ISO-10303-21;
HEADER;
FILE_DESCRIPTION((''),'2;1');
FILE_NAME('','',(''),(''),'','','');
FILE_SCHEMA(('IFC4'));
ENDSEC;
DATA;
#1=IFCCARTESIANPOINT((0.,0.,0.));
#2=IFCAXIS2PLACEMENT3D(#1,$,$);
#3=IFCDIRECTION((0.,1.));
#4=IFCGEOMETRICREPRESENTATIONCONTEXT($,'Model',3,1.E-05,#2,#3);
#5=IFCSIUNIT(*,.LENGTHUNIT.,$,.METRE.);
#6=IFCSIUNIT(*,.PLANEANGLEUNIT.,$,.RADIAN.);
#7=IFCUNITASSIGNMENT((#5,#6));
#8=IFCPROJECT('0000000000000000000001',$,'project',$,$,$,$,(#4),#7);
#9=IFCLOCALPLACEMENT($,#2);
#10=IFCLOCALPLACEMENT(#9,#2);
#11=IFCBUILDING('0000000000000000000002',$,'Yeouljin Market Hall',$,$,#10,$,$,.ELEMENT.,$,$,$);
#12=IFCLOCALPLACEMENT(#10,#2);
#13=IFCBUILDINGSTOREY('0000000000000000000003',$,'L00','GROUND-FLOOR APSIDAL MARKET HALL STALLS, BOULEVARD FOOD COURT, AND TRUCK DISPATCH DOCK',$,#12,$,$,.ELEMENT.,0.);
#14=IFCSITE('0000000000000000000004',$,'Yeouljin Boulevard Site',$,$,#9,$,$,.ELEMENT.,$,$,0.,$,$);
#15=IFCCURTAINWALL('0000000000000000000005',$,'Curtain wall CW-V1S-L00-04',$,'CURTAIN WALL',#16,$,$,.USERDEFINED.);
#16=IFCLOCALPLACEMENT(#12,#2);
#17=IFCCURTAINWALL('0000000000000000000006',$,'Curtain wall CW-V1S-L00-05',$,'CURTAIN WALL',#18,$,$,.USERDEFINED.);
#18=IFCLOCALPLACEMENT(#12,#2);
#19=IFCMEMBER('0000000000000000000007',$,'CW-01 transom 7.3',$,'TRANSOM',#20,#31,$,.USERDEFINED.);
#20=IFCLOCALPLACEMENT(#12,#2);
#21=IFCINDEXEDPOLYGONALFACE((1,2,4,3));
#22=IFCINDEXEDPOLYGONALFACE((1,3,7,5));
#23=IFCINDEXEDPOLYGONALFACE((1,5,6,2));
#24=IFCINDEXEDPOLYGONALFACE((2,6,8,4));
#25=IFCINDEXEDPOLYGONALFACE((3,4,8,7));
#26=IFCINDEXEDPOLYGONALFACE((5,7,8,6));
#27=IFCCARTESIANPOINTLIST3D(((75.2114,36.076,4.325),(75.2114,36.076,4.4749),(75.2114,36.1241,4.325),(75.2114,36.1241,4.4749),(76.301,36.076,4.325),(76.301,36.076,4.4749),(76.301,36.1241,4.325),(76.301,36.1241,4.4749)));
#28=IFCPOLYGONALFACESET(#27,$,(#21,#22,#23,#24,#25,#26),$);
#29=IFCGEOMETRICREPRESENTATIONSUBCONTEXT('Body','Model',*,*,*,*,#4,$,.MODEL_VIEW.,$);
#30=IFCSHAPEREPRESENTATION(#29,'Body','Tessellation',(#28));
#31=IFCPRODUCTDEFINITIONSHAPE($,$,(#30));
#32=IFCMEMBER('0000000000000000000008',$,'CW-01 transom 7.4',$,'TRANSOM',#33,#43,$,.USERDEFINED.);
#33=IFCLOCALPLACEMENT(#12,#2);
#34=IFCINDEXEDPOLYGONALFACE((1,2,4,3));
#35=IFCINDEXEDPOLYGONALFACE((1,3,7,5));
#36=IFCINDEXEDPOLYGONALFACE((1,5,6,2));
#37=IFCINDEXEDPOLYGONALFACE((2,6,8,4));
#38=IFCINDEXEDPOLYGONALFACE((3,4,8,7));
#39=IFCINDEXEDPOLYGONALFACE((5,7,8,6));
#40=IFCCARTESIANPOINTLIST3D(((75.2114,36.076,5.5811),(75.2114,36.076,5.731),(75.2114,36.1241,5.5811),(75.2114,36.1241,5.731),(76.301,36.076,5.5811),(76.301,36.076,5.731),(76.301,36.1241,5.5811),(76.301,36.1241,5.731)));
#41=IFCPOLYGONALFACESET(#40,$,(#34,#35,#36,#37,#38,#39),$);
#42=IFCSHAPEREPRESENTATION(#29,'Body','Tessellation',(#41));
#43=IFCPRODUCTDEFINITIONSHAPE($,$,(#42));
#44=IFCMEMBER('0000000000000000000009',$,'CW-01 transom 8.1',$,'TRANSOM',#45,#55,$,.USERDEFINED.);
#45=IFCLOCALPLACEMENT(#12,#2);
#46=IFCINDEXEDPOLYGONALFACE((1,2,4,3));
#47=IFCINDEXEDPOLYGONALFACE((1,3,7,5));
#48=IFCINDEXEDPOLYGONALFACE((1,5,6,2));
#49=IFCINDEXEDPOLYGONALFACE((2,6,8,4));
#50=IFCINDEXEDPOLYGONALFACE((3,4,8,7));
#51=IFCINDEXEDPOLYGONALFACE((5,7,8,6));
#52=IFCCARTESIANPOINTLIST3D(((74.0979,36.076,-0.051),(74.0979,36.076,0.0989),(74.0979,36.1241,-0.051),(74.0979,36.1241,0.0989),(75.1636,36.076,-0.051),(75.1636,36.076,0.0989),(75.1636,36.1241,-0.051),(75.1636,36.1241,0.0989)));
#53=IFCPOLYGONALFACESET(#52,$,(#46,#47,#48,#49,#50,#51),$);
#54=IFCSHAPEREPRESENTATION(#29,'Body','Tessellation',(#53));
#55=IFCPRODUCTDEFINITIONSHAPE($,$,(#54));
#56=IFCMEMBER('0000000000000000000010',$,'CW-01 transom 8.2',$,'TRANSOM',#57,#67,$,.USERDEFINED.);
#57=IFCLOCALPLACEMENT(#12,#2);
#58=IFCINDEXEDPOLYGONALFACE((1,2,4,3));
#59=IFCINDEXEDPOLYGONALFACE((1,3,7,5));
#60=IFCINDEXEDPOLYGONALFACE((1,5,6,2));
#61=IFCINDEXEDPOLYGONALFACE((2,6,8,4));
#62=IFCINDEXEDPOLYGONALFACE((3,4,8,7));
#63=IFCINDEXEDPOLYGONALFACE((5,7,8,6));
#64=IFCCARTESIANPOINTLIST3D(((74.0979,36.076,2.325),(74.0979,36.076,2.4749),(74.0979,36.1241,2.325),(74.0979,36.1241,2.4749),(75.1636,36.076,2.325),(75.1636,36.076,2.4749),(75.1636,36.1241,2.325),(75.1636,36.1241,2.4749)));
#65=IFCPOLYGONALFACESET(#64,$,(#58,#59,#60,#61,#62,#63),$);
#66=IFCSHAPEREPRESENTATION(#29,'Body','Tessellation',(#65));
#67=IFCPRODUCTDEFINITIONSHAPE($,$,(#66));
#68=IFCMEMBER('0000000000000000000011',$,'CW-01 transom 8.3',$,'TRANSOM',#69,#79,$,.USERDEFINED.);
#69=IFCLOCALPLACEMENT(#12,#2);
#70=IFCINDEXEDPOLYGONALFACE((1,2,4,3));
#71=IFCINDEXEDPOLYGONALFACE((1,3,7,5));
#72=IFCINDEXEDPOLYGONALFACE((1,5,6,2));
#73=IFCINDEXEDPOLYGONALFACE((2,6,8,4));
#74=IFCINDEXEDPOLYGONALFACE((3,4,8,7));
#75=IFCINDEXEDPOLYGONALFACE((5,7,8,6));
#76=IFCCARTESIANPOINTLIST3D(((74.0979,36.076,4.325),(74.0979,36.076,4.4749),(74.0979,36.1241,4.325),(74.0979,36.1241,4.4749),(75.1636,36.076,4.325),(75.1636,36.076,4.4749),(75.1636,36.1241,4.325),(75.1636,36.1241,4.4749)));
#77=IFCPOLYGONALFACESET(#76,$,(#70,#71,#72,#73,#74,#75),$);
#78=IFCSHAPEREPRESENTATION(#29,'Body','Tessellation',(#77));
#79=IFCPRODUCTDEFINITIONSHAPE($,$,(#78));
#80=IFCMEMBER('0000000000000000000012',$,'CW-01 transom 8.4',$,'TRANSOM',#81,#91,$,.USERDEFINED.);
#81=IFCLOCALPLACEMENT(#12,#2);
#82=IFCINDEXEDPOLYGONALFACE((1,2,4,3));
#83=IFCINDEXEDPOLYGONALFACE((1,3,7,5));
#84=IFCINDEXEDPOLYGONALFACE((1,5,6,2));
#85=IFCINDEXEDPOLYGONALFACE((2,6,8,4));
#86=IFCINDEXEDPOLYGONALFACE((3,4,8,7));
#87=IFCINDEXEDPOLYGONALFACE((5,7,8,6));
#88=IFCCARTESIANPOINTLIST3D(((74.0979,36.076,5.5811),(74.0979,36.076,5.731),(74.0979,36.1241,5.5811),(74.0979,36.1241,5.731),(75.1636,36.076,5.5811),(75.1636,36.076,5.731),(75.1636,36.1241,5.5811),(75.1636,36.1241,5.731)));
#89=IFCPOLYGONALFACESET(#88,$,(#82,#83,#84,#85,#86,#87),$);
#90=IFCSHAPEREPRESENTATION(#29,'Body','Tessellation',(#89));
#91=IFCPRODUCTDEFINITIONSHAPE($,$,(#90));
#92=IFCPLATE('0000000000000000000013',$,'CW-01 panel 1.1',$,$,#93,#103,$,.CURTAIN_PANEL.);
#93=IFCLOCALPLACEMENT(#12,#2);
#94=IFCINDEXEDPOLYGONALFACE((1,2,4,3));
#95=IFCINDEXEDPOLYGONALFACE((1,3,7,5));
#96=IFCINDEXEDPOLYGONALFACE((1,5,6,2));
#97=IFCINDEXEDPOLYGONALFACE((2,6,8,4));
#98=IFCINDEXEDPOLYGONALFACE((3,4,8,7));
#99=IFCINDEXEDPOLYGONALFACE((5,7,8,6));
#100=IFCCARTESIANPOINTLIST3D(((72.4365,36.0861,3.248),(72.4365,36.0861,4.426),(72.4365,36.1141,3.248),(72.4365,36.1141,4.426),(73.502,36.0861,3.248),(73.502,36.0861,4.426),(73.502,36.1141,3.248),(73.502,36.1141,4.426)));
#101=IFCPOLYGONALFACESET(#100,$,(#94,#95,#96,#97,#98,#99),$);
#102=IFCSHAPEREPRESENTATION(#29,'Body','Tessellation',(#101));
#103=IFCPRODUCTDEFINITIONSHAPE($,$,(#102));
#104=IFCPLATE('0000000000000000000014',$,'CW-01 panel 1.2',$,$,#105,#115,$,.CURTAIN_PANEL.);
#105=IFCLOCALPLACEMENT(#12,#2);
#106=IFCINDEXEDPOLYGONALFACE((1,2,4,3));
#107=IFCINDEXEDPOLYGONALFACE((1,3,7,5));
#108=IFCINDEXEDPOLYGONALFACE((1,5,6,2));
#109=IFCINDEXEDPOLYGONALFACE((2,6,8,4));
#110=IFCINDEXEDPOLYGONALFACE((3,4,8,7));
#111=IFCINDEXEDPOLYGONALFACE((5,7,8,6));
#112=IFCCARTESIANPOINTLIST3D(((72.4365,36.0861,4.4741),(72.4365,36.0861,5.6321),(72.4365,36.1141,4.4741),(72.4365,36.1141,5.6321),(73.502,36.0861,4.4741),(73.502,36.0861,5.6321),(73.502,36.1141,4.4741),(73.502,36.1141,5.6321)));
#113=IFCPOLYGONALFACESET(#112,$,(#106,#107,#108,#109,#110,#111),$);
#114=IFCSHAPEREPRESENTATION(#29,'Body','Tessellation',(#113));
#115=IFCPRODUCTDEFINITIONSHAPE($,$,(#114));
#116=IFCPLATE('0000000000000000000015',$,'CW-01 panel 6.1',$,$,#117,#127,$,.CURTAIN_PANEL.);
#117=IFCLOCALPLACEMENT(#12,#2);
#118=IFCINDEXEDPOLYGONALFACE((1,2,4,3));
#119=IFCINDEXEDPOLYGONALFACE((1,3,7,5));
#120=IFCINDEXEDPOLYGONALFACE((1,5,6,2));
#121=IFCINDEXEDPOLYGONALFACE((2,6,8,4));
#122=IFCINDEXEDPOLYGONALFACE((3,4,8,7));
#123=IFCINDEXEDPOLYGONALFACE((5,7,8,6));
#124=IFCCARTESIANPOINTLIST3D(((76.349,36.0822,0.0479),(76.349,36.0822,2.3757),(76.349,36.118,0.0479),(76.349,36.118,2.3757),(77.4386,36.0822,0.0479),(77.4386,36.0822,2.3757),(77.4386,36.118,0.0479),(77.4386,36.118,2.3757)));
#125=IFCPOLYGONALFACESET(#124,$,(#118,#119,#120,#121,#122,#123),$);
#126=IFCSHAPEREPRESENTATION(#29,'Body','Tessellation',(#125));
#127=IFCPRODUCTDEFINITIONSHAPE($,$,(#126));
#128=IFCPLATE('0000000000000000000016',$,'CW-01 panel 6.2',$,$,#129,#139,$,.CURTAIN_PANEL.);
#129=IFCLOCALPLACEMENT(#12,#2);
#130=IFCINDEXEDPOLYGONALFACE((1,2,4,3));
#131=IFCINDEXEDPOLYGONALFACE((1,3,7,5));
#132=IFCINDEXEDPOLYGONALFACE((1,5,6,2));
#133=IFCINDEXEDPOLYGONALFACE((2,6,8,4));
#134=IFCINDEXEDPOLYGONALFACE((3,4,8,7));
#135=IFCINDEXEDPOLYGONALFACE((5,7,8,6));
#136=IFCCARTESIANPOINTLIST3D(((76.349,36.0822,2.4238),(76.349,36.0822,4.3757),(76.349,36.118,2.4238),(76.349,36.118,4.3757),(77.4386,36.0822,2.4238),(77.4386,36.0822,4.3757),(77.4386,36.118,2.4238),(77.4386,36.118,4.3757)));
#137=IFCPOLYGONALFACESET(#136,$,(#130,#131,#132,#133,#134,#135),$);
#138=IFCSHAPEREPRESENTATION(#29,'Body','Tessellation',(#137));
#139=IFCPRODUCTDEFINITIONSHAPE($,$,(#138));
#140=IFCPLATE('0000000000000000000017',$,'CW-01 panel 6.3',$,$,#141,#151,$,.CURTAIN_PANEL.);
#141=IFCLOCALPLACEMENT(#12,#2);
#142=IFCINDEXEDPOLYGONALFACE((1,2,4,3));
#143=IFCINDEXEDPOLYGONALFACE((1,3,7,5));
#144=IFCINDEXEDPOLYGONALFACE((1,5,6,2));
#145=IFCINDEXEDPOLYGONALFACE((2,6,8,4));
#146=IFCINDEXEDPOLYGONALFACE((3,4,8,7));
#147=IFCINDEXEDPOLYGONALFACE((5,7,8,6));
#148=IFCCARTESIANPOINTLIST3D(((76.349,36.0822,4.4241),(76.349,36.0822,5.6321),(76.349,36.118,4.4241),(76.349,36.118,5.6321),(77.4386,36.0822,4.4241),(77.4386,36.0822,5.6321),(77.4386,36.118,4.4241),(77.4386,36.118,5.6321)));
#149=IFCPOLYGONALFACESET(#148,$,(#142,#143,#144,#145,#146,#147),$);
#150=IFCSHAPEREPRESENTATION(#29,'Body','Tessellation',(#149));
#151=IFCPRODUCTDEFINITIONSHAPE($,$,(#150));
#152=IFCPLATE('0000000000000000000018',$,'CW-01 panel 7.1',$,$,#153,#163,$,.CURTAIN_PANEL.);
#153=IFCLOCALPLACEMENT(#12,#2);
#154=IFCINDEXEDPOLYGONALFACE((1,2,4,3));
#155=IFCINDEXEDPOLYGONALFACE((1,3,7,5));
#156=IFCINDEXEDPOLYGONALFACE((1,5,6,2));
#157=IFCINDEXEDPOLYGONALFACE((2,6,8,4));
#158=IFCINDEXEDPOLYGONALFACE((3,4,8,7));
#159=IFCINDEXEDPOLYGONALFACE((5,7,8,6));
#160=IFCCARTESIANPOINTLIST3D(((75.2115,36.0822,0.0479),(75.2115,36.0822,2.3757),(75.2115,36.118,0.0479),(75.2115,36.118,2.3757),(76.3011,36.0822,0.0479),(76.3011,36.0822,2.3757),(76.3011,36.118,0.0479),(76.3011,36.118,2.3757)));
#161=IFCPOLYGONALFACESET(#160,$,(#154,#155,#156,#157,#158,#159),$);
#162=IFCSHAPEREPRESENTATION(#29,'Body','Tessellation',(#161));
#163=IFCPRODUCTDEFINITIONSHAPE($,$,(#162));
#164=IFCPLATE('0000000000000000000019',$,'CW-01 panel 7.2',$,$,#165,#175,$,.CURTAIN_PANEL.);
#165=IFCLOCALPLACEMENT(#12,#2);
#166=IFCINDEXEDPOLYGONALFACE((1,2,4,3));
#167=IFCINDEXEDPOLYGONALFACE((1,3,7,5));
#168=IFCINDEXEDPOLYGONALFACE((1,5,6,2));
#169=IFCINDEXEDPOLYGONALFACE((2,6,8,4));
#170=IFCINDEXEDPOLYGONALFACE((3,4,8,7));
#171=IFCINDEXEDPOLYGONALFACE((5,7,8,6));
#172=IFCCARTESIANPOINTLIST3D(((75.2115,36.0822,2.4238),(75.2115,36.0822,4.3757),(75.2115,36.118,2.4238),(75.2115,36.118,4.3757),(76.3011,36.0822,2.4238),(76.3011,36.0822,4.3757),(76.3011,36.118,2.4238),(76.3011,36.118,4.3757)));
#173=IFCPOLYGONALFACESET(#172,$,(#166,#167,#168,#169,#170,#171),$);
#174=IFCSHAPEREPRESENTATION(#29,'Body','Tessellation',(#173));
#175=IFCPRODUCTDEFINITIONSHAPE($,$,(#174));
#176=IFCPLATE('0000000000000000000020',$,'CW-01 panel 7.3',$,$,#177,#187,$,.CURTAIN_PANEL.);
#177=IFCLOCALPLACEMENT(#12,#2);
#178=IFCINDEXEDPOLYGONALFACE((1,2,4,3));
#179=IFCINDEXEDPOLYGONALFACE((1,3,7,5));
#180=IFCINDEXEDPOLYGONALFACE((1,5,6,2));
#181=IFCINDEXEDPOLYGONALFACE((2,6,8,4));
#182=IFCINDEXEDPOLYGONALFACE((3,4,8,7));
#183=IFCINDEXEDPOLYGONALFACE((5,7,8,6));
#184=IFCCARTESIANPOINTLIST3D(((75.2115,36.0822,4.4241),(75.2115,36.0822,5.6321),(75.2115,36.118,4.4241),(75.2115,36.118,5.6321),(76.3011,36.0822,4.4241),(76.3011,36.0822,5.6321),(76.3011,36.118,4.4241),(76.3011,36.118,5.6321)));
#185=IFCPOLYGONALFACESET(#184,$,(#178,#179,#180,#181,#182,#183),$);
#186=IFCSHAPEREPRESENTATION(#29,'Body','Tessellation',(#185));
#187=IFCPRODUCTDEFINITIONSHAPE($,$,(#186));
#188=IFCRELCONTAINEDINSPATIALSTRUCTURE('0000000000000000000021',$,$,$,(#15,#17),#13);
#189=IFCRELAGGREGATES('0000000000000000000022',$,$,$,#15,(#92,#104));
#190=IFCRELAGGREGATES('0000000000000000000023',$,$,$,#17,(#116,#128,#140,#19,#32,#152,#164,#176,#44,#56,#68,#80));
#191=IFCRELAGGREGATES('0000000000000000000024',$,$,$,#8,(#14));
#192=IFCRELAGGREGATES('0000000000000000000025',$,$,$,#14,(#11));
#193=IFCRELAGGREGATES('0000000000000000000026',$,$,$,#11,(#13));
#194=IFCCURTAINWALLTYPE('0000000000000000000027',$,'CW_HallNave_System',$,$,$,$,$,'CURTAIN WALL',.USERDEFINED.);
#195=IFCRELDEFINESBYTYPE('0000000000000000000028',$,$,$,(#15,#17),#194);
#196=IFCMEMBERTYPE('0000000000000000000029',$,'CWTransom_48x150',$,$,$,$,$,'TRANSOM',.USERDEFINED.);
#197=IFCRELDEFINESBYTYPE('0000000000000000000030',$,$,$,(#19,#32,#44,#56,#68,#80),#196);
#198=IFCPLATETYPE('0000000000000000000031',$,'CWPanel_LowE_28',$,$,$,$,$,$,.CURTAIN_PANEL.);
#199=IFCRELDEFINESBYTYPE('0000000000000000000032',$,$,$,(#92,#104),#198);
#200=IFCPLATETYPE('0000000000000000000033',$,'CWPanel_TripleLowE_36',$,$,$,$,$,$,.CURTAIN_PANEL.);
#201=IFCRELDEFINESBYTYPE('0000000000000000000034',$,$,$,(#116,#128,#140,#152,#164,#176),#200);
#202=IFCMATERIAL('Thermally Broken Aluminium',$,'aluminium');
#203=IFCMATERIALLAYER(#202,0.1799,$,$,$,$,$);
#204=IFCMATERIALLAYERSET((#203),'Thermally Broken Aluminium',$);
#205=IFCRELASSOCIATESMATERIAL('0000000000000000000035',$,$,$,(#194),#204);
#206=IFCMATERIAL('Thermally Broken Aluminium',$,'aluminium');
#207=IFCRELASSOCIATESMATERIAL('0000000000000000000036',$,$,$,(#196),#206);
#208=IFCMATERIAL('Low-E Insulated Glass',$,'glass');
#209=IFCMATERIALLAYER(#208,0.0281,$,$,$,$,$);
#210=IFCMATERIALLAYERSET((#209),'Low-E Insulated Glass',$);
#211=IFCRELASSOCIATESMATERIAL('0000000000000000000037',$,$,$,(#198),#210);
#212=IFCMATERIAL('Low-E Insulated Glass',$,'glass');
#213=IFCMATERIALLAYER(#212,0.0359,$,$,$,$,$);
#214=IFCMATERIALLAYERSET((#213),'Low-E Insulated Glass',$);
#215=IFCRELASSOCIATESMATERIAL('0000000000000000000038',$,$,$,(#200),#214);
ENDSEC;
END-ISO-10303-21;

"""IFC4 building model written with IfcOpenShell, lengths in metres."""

from ifc_helpers import new_model, si_unit, direction, frame, origin, origin_2d, place, context, subcontext, project, spatial, rectangle, extrude, material, layer, layer_set, material_profile, profile_set, type_object, element, aggregate, save


model = new_model("IFC4")

# Units and contexts
model_context = context("Model", 3, precision=1e-05, world=origin(), true_north=direction((0.0, 1.0)))
body_context = subcontext(model_context, "Body", "Model", "MODEL_VIEW")
ifc_project = project(units=[si_unit("LENGTHUNIT", "METRE"), si_unit("PLANEANGLEUNIT", "RADIAN")], contexts=[model_context])

# Site, building, storey
site_placement = place(None, origin())
site = spatial("IfcSite", under=ifc_project, at=site_placement, Name="Yeouljin Boulevard Site", CompositionType="ELEMENT", RefElevation=0.0)
building_placement = place(site_placement, origin())
building = spatial("IfcBuilding", under=site, at=building_placement, Name="Yeouljin Market Hall", CompositionType="ELEMENT")
storey_placement = place(building_placement, origin())
storey = spatial("IfcBuildingStorey", under=building, at=storey_placement, Name="L00", Description="GROUND-FLOOR APSIDAL MARKET HALL STALLS, BOULEVARD FOOD COURT, AND TRUCK DISPATCH DOCK", CompositionType="ELEMENT", Elevation=0.0)

# Curtain walls
ifc_material_1 = material(Name="Thermally Broken Aluminium", Category="aluminium")
ifc_layer_1 = layer(ifc_material_1, 0.1799)
ifc_layer_set_1 = layer_set([ifc_layer_1], Name="Thermally Broken Aluminium")
curtain_wall_type = type_object("IfcCurtainWallType", Name="CW_HallNave_System", ElementType="CURTAIN WALL", PredefinedType="USERDEFINED", material=ifc_layer_set_1)
curtain_wall_1_placement = place(storey_placement, origin())
curtain_wall_1 = element("IfcCurtainWall", 1, at=curtain_wall_1_placement, inside=storey, type_object=curtain_wall_type, Name="Curtain wall CW-V1S-L00-04", ObjectType="CURTAIN WALL", PredefinedType="USERDEFINED")
curtain_wall_2_placement = place(storey_placement, origin())
curtain_wall_2 = element("IfcCurtainWall", 2, at=curtain_wall_2_placement, inside=storey, type_object=curtain_wall_type, Name="Curtain wall CW-V1S-L00-05", ObjectType="CURTAIN WALL", PredefinedType="USERDEFINED")

# Members
ifc_material_2 = material(Name="Thermally Broken Aluminium", Category="aluminium")
ifc_material_profile_1 = material_profile(ifc_material_2, rectangle(XDim=0.0481, YDim=0.1499, at=origin_2d()), Name="CW-TRAN-48x150")
ifc_profile_set_1 = profile_set([ifc_material_profile_1], Name="Thermally Broken Aluminium")
member_type_1 = type_object("IfcMemberType", Name="CWTransom_48x150", ElementType="TRANSOM", PredefinedType="USERDEFINED", material=ifc_profile_set_1)
member_1_placement = place(storey_placement, frame((76.301, 36.1001, 4.3999), z_axis=(-1.0, 0.0, 0.0), x_axis=(0.0, -1.0, 0.0)))
member_1 = element("IfcMember", 3, at=member_1_placement, type_object=member_type_1, Name="CW-01 transom 7.3", ObjectType="TRANSOM", PredefinedType="USERDEFINED", context=body_context, shape_type="SweptSolid", body=[
    extrude(rectangle(XDim=0.0481, YDim=0.1499, at=origin_2d()), origin(), (0.0, 0.0, 1.0), 1.0896),
])
member_2_placement = place(storey_placement, frame((76.301, 36.1001, 5.656), z_axis=(-1.0, 0.0, 0.0), x_axis=(0.0, -1.0, 0.0)))
member_2 = element("IfcMember", 4, at=member_2_placement, type_object=member_type_1, Name="CW-01 transom 7.4", ObjectType="TRANSOM", PredefinedType="USERDEFINED", context=body_context, shape_type="SweptSolid", body=[
    extrude(rectangle(XDim=0.0481, YDim=0.1499, at=origin_2d()), origin(), (0.0, 0.0, 1.0), 1.0896),
])
member_3_placement = place(storey_placement, frame((75.1636, 36.1001, 0.0239), z_axis=(-1.0, 0.0, 0.0), x_axis=(0.0, -1.0, 0.0)))
member_3 = element("IfcMember", 5, at=member_3_placement, type_object=member_type_1, Name="CW-01 transom 8.1", ObjectType="TRANSOM", PredefinedType="USERDEFINED", context=body_context, shape_type="SweptSolid", body=[
    extrude(rectangle(XDim=0.0481, YDim=0.1499, at=origin_2d()), origin(), (0.0, 0.0, 1.0), 1.0657),
])
member_4_placement = place(storey_placement, frame((75.1636, 36.1001, 2.3999), z_axis=(-1.0, 0.0, 0.0), x_axis=(0.0, -1.0, 0.0)))
member_4 = element("IfcMember", 6, at=member_4_placement, type_object=member_type_1, Name="CW-01 transom 8.2", ObjectType="TRANSOM", PredefinedType="USERDEFINED", context=body_context, shape_type="SweptSolid", body=[
    extrude(rectangle(XDim=0.0481, YDim=0.1499, at=origin_2d()), origin(), (0.0, 0.0, 1.0), 1.0657),
])
member_5_placement = place(storey_placement, frame((75.1636, 36.1001, 4.3999), z_axis=(-1.0, 0.0, 0.0), x_axis=(0.0, -1.0, 0.0)))
member_5 = element("IfcMember", 7, at=member_5_placement, type_object=member_type_1, Name="CW-01 transom 8.3", ObjectType="TRANSOM", PredefinedType="USERDEFINED", context=body_context, shape_type="SweptSolid", body=[
    extrude(rectangle(XDim=0.0481, YDim=0.1499, at=origin_2d()), origin(), (0.0, 0.0, 1.0), 1.0657),
])
member_6_placement = place(storey_placement, frame((75.1636, 36.1001, 5.656), z_axis=(-1.0, 0.0, 0.0), x_axis=(0.0, -1.0, 0.0)))
member_6 = element("IfcMember", 8, at=member_6_placement, type_object=member_type_1, Name="CW-01 transom 8.4", ObjectType="TRANSOM", PredefinedType="USERDEFINED", context=body_context, shape_type="SweptSolid", body=[
    extrude(rectangle(XDim=0.0481, YDim=0.1499, at=origin_2d()), origin(), (0.0, 0.0, 1.0), 1.0657),
])

# Plates
ifc_material_3 = material(Name="Low-E Insulated Glass", Category="glass")
ifc_layer_2 = layer(ifc_material_3, 0.0281)
ifc_layer_set_2 = layer_set([ifc_layer_2], Name="Low-E Insulated Glass")
plate_type_1 = type_object("IfcPlateType", Name="CWPanel_LowE_28", PredefinedType="CURTAIN_PANEL", material=ifc_layer_set_2)
plate_1_placement = place(storey_placement, frame((72.9692, 36.1001, 3.248), z_axis=(0.0, 0.0, 1.0), x_axis=(-1.0, 0.0, 0.0)))
plate_1 = element("IfcPlate", 9, at=plate_1_placement, type_object=plate_type_1, Name="CW-01 panel 1.1", PredefinedType="CURTAIN_PANEL", context=body_context, shape_type="SweptSolid", body=[
    extrude(rectangle(XDim=1.0654, YDim=0.0281, at=origin_2d()), origin(), (0.0, 0.0, 1.0), 1.178),
])
plate_2_placement = place(storey_placement, frame((72.9692, 36.1001, 4.4741), z_axis=(0.0, 0.0, 1.0), x_axis=(-1.0, 0.0, 0.0)))
plate_2 = element("IfcPlate", 10, at=plate_2_placement, type_object=plate_type_1, Name="CW-01 panel 1.2", PredefinedType="CURTAIN_PANEL", context=body_context, shape_type="SweptSolid", body=[
    extrude(rectangle(XDim=1.0654, YDim=0.0281, at=origin_2d()), origin(), (0.0, 0.0, 1.0), 1.158),
])
aggregate(curtain_wall_1, [plate_1, plate_2])
ifc_material_4 = material(Name="Low-E Insulated Glass", Category="glass")
ifc_layer_3 = layer(ifc_material_4, 0.0359)
ifc_layer_set_3 = layer_set([ifc_layer_3], Name="Low-E Insulated Glass")
plate_type_2 = type_object("IfcPlateType", Name="CWPanel_TripleLowE_36", PredefinedType="CURTAIN_PANEL", material=ifc_layer_set_3)
plate_3_placement = place(storey_placement, frame((76.8938, 36.1001, 0.0479), z_axis=(0.0, 0.0, 1.0), x_axis=(-1.0, 0.0, 0.0)))
plate_3 = element("IfcPlate", 11, at=plate_3_placement, type_object=plate_type_2, Name="CW-01 panel 6.1", PredefinedType="CURTAIN_PANEL", context=body_context, shape_type="SweptSolid", body=[
    extrude(rectangle(XDim=1.0896, YDim=0.0359, at=origin_2d()), origin(), (0.0, 0.0, 1.0), 2.3279),
])
plate_4_placement = place(storey_placement, frame((76.8938, 36.1001, 2.4238), z_axis=(0.0, 0.0, 1.0), x_axis=(-1.0, 0.0, 0.0)))
plate_4 = element("IfcPlate", 12, at=plate_4_placement, type_object=plate_type_2, Name="CW-01 panel 6.2", PredefinedType="CURTAIN_PANEL", context=body_context, shape_type="SweptSolid", body=[
    extrude(rectangle(XDim=1.0896, YDim=0.0359, at=origin_2d()), origin(), (0.0, 0.0, 1.0), 1.9519),
])
plate_5_placement = place(storey_placement, frame((76.8938, 36.1001, 4.4241), z_axis=(0.0, 0.0, 1.0), x_axis=(-1.0, 0.0, 0.0)))
plate_5 = element("IfcPlate", 13, at=plate_5_placement, type_object=plate_type_2, Name="CW-01 panel 6.3", PredefinedType="CURTAIN_PANEL", context=body_context, shape_type="SweptSolid", body=[
    extrude(rectangle(XDim=1.0896, YDim=0.0359, at=origin_2d()), origin(), (0.0, 0.0, 1.0), 1.208),
])
plate_6_placement = place(storey_placement, frame((75.7563, 36.1001, 0.0479), z_axis=(0.0, 0.0, 1.0), x_axis=(-1.0, 0.0, 0.0)))
plate_6 = element("IfcPlate", 14, at=plate_6_placement, type_object=plate_type_2, Name="CW-01 panel 7.1", PredefinedType="CURTAIN_PANEL", context=body_context, shape_type="SweptSolid", body=[
    extrude(rectangle(XDim=1.0896, YDim=0.0359, at=origin_2d()), origin(), (0.0, 0.0, 1.0), 2.3279),
])
plate_7_placement = place(storey_placement, frame((75.7563, 36.1001, 2.4238), z_axis=(0.0, 0.0, 1.0), x_axis=(-1.0, 0.0, 0.0)))
plate_7 = element("IfcPlate", 15, at=plate_7_placement, type_object=plate_type_2, Name="CW-01 panel 7.2", PredefinedType="CURTAIN_PANEL", context=body_context, shape_type="SweptSolid", body=[
    extrude(rectangle(XDim=1.0896, YDim=0.0359, at=origin_2d()), origin(), (0.0, 0.0, 1.0), 1.9519),
])
plate_8_placement = place(storey_placement, frame((75.7563, 36.1001, 4.4241), z_axis=(0.0, 0.0, 1.0), x_axis=(-1.0, 0.0, 0.0)))
plate_8 = element("IfcPlate", 16, at=plate_8_placement, type_object=plate_type_2, Name="CW-01 panel 7.3", PredefinedType="CURTAIN_PANEL", context=body_context, shape_type="SweptSolid", body=[
    extrude(rectangle(XDim=1.0896, YDim=0.0359, at=origin_2d()), origin(), (0.0, 0.0, 1.0), 1.208),
])
aggregate(curtain_wall_2, [plate_3, plate_4, plate_5, member_1, member_2, plate_6, plate_7, plate_8, member_3, member_4, member_5, member_6])

save(model, "model.ifc")
